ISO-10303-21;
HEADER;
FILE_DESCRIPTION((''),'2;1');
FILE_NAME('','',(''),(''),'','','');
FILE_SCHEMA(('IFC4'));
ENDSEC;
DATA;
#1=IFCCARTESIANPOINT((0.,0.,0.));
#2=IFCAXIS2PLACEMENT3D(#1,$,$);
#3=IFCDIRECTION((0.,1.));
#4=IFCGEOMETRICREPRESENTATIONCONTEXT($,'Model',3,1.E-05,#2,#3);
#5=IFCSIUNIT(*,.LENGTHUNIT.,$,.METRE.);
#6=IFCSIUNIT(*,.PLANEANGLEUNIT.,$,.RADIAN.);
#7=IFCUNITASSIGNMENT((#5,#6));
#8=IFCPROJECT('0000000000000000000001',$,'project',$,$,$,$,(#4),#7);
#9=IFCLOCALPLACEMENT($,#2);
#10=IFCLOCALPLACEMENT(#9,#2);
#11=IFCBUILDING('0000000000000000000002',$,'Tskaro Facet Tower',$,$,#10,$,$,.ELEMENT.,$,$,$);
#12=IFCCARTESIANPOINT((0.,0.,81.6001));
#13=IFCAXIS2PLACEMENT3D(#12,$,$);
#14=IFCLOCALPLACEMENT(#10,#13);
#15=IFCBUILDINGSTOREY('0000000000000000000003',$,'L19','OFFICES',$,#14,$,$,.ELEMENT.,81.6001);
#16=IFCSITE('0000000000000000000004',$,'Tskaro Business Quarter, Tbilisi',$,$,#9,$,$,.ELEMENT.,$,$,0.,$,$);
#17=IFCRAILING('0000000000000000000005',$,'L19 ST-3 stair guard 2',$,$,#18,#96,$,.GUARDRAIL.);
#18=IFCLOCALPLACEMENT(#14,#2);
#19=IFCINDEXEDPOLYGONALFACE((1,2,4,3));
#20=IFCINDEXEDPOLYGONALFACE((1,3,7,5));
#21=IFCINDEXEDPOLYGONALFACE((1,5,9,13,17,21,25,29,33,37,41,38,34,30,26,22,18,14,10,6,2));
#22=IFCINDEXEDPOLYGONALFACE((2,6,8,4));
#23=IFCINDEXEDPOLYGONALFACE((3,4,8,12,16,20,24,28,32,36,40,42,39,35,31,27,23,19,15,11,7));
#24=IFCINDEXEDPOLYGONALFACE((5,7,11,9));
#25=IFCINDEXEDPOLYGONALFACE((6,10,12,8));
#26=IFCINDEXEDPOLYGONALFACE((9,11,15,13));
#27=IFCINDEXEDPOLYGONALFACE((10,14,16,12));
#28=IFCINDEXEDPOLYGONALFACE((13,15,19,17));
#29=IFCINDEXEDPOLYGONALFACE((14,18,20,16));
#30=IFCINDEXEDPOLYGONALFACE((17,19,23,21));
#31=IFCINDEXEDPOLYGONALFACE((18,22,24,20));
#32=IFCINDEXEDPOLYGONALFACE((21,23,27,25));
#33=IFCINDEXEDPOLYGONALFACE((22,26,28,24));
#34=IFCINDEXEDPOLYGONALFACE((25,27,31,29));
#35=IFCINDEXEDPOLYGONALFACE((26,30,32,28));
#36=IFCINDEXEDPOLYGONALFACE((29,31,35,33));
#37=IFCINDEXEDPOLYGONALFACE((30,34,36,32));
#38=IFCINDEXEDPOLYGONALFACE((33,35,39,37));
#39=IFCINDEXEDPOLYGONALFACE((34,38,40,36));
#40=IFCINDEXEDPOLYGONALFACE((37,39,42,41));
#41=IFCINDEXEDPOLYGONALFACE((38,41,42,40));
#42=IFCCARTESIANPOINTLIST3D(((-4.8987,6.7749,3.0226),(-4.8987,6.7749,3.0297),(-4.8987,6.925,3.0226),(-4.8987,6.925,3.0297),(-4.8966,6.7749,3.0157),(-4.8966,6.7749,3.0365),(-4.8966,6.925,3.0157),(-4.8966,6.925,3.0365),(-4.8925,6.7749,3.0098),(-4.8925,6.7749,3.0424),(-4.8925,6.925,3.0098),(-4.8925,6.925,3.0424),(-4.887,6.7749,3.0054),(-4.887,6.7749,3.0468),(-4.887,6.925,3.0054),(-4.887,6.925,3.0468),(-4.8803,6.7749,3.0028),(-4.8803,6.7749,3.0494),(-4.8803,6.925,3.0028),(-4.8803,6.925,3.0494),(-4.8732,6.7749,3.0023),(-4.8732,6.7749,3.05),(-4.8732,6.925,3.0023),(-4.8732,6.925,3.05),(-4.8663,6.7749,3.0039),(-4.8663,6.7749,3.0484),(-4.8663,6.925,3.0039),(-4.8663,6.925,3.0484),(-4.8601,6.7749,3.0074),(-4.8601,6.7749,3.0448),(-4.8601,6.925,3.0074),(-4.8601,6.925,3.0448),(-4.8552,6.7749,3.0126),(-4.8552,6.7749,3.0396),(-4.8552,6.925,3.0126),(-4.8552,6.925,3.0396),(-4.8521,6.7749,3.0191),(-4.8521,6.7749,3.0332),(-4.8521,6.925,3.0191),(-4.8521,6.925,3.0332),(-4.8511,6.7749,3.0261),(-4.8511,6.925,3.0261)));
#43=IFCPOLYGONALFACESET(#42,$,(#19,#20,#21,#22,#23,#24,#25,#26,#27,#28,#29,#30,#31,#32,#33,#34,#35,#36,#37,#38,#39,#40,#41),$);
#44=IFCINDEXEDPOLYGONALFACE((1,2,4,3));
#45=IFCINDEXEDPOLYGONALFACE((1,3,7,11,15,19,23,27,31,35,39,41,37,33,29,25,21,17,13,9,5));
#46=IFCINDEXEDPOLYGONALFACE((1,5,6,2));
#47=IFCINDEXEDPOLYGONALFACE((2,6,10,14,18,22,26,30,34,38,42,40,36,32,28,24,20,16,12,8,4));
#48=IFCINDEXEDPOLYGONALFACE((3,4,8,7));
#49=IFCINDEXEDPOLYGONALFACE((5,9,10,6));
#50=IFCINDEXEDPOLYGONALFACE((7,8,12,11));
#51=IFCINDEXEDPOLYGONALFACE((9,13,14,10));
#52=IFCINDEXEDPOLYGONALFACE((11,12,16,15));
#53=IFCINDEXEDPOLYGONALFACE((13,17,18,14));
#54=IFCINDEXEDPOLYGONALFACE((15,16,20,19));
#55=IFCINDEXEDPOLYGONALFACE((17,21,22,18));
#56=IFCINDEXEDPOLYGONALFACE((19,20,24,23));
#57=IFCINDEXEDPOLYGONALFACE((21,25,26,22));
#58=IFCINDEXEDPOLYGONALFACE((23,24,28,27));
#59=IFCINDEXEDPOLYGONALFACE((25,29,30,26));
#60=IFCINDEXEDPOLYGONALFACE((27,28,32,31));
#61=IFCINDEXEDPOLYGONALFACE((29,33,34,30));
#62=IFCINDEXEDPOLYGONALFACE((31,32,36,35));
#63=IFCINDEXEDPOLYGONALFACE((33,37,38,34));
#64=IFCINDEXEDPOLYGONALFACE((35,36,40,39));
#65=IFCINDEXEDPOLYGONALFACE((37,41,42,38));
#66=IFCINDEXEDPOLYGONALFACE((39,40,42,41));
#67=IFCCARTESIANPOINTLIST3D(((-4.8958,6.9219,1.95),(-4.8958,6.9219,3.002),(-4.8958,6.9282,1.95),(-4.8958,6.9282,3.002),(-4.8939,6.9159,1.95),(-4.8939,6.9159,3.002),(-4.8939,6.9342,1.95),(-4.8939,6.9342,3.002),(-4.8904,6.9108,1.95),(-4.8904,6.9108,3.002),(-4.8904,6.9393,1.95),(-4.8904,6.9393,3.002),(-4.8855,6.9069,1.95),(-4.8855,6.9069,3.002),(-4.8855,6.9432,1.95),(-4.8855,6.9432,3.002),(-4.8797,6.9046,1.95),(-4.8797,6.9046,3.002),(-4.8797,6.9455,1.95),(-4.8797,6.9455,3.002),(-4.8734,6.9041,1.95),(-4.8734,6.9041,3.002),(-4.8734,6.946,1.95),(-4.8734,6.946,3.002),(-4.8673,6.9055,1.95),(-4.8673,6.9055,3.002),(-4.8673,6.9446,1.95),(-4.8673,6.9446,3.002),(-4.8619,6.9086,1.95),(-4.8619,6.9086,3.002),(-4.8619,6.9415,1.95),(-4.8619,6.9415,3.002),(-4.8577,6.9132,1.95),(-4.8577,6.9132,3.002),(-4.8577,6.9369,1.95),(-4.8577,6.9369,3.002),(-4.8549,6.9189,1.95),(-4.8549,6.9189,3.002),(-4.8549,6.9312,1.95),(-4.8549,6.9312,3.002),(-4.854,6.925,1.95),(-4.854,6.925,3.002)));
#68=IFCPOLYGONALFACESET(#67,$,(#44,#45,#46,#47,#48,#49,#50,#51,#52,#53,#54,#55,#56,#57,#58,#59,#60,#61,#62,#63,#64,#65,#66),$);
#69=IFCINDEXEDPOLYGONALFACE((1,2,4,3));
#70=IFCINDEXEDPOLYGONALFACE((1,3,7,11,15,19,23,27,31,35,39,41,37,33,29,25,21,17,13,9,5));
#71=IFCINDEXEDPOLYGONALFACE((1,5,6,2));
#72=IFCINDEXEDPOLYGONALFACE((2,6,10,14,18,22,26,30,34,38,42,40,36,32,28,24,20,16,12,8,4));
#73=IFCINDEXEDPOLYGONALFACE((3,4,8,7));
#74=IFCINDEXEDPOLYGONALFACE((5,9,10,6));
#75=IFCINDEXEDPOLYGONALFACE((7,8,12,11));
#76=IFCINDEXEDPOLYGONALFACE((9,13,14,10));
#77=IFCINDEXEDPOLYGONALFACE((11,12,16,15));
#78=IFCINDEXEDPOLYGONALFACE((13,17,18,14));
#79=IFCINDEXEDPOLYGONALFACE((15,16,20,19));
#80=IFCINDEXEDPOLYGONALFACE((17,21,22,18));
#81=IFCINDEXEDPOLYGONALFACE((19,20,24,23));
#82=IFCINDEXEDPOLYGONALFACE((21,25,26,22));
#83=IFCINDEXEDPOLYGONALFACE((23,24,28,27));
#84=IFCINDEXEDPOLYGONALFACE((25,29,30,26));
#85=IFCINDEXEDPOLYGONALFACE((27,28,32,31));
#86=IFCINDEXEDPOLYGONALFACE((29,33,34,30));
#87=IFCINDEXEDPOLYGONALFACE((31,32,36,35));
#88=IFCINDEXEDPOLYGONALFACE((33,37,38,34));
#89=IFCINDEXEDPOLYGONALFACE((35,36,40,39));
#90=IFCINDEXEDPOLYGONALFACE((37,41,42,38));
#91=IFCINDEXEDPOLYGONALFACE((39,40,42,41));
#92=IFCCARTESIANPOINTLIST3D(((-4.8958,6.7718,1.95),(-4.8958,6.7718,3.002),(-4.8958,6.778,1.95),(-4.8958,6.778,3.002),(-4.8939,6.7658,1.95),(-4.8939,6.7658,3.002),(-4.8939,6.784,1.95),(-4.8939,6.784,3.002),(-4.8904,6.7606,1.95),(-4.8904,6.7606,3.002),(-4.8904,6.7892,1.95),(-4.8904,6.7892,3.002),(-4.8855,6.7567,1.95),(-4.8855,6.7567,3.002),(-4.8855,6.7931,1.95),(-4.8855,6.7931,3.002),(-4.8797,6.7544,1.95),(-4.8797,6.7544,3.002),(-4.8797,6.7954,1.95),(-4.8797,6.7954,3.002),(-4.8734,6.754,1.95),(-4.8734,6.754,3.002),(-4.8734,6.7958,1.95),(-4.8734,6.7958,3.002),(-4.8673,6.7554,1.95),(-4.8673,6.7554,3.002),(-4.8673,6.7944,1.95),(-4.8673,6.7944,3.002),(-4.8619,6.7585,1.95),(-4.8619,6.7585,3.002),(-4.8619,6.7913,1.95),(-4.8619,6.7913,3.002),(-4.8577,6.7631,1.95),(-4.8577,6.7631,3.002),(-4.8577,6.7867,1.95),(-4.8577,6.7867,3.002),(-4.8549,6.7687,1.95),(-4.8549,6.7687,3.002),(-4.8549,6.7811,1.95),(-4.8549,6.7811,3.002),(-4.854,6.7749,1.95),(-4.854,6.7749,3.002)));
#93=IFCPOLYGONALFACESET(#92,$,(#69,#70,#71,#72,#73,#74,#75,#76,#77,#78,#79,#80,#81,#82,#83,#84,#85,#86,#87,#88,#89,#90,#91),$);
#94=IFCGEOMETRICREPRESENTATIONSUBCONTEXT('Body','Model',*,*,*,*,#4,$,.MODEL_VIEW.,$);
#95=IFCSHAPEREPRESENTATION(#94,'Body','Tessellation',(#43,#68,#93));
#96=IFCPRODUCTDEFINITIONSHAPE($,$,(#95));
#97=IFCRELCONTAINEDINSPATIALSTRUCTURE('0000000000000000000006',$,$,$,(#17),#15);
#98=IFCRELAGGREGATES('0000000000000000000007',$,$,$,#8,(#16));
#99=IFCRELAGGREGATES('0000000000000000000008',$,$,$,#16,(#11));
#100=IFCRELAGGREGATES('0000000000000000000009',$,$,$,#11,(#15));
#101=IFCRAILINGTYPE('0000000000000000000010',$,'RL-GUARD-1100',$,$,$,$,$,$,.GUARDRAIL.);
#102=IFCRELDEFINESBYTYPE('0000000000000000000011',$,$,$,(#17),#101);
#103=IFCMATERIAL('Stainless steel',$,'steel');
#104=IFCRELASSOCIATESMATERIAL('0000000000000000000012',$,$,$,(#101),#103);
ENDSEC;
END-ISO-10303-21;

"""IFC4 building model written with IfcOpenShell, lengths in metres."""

from ifc_helpers import new_model, si_unit, direction, frame, origin, origin_2d, place, context, subcontext, project, spatial, circle, extrude, material, type_object, element, save


model = new_model("IFC4")

# Units and contexts
model_context = context("Model", 3, precision=1e-05, world=origin(), true_north=direction((0.0, 1.0)))
body_context = subcontext(model_context, "Body", "Model", "MODEL_VIEW")
ifc_project = project(units=[si_unit("LENGTHUNIT", "METRE"), si_unit("PLANEANGLEUNIT", "RADIAN")], contexts=[model_context])

# Site, building, storey
site_placement = place(None, origin())
site = spatial("IfcSite", under=ifc_project, at=site_placement, Name="Tskaro Business Quarter, Tbilisi", CompositionType="ELEMENT", RefElevation=0.0)
building_placement = place(site_placement, origin())
building = spatial("IfcBuilding", under=site, at=building_placement, Name="Tskaro Facet Tower", CompositionType="ELEMENT")
storey_placement = place(building_placement, frame((0.0, 0.0, 81.6001)))
storey = spatial("IfcBuildingStorey", under=building, at=storey_placement, Name="L19", Description="OFFICES", CompositionType="ELEMENT", Elevation=81.6001)

# Railing
ifc_material_1 = material(Name="Stainless steel", Category="steel")
railing_type_1 = type_object("IfcRailingType", Name="RL-GUARD-1100", PredefinedType="GUARDRAIL", material=ifc_material_1)
railing_1_placement = place(storey_placement, frame((-4.875, 6.925, 1.95)))
element("IfcRailing", 1, at=railing_1_placement, inside=storey, type_object=railing_type_1, Name="L19 ST-3 stair guard 2", PredefinedType="GUARDRAIL", context=body_context, shape_type="SweptSolid", body=[
    extrude(circle(Radius=0.0239, at=origin_2d()), frame((0.0, 0.0, 1.0762), z_axis=(0.0, -1.0, 0.0), x_axis=(1.0, 0.0, 0.0)), (0.0, 0.0, 1.0), 0.1501),
    extrude(circle(Radius=0.021, at=origin_2d()), origin(), (0.0, 0.0, 1.0), 1.052),
    extrude(circle(Radius=0.021, at=origin_2d()), frame((0.0, -0.1501, 0.0)), (0.0, 0.0, 1.0), 1.052),
])

save(model, "model.ifc")
